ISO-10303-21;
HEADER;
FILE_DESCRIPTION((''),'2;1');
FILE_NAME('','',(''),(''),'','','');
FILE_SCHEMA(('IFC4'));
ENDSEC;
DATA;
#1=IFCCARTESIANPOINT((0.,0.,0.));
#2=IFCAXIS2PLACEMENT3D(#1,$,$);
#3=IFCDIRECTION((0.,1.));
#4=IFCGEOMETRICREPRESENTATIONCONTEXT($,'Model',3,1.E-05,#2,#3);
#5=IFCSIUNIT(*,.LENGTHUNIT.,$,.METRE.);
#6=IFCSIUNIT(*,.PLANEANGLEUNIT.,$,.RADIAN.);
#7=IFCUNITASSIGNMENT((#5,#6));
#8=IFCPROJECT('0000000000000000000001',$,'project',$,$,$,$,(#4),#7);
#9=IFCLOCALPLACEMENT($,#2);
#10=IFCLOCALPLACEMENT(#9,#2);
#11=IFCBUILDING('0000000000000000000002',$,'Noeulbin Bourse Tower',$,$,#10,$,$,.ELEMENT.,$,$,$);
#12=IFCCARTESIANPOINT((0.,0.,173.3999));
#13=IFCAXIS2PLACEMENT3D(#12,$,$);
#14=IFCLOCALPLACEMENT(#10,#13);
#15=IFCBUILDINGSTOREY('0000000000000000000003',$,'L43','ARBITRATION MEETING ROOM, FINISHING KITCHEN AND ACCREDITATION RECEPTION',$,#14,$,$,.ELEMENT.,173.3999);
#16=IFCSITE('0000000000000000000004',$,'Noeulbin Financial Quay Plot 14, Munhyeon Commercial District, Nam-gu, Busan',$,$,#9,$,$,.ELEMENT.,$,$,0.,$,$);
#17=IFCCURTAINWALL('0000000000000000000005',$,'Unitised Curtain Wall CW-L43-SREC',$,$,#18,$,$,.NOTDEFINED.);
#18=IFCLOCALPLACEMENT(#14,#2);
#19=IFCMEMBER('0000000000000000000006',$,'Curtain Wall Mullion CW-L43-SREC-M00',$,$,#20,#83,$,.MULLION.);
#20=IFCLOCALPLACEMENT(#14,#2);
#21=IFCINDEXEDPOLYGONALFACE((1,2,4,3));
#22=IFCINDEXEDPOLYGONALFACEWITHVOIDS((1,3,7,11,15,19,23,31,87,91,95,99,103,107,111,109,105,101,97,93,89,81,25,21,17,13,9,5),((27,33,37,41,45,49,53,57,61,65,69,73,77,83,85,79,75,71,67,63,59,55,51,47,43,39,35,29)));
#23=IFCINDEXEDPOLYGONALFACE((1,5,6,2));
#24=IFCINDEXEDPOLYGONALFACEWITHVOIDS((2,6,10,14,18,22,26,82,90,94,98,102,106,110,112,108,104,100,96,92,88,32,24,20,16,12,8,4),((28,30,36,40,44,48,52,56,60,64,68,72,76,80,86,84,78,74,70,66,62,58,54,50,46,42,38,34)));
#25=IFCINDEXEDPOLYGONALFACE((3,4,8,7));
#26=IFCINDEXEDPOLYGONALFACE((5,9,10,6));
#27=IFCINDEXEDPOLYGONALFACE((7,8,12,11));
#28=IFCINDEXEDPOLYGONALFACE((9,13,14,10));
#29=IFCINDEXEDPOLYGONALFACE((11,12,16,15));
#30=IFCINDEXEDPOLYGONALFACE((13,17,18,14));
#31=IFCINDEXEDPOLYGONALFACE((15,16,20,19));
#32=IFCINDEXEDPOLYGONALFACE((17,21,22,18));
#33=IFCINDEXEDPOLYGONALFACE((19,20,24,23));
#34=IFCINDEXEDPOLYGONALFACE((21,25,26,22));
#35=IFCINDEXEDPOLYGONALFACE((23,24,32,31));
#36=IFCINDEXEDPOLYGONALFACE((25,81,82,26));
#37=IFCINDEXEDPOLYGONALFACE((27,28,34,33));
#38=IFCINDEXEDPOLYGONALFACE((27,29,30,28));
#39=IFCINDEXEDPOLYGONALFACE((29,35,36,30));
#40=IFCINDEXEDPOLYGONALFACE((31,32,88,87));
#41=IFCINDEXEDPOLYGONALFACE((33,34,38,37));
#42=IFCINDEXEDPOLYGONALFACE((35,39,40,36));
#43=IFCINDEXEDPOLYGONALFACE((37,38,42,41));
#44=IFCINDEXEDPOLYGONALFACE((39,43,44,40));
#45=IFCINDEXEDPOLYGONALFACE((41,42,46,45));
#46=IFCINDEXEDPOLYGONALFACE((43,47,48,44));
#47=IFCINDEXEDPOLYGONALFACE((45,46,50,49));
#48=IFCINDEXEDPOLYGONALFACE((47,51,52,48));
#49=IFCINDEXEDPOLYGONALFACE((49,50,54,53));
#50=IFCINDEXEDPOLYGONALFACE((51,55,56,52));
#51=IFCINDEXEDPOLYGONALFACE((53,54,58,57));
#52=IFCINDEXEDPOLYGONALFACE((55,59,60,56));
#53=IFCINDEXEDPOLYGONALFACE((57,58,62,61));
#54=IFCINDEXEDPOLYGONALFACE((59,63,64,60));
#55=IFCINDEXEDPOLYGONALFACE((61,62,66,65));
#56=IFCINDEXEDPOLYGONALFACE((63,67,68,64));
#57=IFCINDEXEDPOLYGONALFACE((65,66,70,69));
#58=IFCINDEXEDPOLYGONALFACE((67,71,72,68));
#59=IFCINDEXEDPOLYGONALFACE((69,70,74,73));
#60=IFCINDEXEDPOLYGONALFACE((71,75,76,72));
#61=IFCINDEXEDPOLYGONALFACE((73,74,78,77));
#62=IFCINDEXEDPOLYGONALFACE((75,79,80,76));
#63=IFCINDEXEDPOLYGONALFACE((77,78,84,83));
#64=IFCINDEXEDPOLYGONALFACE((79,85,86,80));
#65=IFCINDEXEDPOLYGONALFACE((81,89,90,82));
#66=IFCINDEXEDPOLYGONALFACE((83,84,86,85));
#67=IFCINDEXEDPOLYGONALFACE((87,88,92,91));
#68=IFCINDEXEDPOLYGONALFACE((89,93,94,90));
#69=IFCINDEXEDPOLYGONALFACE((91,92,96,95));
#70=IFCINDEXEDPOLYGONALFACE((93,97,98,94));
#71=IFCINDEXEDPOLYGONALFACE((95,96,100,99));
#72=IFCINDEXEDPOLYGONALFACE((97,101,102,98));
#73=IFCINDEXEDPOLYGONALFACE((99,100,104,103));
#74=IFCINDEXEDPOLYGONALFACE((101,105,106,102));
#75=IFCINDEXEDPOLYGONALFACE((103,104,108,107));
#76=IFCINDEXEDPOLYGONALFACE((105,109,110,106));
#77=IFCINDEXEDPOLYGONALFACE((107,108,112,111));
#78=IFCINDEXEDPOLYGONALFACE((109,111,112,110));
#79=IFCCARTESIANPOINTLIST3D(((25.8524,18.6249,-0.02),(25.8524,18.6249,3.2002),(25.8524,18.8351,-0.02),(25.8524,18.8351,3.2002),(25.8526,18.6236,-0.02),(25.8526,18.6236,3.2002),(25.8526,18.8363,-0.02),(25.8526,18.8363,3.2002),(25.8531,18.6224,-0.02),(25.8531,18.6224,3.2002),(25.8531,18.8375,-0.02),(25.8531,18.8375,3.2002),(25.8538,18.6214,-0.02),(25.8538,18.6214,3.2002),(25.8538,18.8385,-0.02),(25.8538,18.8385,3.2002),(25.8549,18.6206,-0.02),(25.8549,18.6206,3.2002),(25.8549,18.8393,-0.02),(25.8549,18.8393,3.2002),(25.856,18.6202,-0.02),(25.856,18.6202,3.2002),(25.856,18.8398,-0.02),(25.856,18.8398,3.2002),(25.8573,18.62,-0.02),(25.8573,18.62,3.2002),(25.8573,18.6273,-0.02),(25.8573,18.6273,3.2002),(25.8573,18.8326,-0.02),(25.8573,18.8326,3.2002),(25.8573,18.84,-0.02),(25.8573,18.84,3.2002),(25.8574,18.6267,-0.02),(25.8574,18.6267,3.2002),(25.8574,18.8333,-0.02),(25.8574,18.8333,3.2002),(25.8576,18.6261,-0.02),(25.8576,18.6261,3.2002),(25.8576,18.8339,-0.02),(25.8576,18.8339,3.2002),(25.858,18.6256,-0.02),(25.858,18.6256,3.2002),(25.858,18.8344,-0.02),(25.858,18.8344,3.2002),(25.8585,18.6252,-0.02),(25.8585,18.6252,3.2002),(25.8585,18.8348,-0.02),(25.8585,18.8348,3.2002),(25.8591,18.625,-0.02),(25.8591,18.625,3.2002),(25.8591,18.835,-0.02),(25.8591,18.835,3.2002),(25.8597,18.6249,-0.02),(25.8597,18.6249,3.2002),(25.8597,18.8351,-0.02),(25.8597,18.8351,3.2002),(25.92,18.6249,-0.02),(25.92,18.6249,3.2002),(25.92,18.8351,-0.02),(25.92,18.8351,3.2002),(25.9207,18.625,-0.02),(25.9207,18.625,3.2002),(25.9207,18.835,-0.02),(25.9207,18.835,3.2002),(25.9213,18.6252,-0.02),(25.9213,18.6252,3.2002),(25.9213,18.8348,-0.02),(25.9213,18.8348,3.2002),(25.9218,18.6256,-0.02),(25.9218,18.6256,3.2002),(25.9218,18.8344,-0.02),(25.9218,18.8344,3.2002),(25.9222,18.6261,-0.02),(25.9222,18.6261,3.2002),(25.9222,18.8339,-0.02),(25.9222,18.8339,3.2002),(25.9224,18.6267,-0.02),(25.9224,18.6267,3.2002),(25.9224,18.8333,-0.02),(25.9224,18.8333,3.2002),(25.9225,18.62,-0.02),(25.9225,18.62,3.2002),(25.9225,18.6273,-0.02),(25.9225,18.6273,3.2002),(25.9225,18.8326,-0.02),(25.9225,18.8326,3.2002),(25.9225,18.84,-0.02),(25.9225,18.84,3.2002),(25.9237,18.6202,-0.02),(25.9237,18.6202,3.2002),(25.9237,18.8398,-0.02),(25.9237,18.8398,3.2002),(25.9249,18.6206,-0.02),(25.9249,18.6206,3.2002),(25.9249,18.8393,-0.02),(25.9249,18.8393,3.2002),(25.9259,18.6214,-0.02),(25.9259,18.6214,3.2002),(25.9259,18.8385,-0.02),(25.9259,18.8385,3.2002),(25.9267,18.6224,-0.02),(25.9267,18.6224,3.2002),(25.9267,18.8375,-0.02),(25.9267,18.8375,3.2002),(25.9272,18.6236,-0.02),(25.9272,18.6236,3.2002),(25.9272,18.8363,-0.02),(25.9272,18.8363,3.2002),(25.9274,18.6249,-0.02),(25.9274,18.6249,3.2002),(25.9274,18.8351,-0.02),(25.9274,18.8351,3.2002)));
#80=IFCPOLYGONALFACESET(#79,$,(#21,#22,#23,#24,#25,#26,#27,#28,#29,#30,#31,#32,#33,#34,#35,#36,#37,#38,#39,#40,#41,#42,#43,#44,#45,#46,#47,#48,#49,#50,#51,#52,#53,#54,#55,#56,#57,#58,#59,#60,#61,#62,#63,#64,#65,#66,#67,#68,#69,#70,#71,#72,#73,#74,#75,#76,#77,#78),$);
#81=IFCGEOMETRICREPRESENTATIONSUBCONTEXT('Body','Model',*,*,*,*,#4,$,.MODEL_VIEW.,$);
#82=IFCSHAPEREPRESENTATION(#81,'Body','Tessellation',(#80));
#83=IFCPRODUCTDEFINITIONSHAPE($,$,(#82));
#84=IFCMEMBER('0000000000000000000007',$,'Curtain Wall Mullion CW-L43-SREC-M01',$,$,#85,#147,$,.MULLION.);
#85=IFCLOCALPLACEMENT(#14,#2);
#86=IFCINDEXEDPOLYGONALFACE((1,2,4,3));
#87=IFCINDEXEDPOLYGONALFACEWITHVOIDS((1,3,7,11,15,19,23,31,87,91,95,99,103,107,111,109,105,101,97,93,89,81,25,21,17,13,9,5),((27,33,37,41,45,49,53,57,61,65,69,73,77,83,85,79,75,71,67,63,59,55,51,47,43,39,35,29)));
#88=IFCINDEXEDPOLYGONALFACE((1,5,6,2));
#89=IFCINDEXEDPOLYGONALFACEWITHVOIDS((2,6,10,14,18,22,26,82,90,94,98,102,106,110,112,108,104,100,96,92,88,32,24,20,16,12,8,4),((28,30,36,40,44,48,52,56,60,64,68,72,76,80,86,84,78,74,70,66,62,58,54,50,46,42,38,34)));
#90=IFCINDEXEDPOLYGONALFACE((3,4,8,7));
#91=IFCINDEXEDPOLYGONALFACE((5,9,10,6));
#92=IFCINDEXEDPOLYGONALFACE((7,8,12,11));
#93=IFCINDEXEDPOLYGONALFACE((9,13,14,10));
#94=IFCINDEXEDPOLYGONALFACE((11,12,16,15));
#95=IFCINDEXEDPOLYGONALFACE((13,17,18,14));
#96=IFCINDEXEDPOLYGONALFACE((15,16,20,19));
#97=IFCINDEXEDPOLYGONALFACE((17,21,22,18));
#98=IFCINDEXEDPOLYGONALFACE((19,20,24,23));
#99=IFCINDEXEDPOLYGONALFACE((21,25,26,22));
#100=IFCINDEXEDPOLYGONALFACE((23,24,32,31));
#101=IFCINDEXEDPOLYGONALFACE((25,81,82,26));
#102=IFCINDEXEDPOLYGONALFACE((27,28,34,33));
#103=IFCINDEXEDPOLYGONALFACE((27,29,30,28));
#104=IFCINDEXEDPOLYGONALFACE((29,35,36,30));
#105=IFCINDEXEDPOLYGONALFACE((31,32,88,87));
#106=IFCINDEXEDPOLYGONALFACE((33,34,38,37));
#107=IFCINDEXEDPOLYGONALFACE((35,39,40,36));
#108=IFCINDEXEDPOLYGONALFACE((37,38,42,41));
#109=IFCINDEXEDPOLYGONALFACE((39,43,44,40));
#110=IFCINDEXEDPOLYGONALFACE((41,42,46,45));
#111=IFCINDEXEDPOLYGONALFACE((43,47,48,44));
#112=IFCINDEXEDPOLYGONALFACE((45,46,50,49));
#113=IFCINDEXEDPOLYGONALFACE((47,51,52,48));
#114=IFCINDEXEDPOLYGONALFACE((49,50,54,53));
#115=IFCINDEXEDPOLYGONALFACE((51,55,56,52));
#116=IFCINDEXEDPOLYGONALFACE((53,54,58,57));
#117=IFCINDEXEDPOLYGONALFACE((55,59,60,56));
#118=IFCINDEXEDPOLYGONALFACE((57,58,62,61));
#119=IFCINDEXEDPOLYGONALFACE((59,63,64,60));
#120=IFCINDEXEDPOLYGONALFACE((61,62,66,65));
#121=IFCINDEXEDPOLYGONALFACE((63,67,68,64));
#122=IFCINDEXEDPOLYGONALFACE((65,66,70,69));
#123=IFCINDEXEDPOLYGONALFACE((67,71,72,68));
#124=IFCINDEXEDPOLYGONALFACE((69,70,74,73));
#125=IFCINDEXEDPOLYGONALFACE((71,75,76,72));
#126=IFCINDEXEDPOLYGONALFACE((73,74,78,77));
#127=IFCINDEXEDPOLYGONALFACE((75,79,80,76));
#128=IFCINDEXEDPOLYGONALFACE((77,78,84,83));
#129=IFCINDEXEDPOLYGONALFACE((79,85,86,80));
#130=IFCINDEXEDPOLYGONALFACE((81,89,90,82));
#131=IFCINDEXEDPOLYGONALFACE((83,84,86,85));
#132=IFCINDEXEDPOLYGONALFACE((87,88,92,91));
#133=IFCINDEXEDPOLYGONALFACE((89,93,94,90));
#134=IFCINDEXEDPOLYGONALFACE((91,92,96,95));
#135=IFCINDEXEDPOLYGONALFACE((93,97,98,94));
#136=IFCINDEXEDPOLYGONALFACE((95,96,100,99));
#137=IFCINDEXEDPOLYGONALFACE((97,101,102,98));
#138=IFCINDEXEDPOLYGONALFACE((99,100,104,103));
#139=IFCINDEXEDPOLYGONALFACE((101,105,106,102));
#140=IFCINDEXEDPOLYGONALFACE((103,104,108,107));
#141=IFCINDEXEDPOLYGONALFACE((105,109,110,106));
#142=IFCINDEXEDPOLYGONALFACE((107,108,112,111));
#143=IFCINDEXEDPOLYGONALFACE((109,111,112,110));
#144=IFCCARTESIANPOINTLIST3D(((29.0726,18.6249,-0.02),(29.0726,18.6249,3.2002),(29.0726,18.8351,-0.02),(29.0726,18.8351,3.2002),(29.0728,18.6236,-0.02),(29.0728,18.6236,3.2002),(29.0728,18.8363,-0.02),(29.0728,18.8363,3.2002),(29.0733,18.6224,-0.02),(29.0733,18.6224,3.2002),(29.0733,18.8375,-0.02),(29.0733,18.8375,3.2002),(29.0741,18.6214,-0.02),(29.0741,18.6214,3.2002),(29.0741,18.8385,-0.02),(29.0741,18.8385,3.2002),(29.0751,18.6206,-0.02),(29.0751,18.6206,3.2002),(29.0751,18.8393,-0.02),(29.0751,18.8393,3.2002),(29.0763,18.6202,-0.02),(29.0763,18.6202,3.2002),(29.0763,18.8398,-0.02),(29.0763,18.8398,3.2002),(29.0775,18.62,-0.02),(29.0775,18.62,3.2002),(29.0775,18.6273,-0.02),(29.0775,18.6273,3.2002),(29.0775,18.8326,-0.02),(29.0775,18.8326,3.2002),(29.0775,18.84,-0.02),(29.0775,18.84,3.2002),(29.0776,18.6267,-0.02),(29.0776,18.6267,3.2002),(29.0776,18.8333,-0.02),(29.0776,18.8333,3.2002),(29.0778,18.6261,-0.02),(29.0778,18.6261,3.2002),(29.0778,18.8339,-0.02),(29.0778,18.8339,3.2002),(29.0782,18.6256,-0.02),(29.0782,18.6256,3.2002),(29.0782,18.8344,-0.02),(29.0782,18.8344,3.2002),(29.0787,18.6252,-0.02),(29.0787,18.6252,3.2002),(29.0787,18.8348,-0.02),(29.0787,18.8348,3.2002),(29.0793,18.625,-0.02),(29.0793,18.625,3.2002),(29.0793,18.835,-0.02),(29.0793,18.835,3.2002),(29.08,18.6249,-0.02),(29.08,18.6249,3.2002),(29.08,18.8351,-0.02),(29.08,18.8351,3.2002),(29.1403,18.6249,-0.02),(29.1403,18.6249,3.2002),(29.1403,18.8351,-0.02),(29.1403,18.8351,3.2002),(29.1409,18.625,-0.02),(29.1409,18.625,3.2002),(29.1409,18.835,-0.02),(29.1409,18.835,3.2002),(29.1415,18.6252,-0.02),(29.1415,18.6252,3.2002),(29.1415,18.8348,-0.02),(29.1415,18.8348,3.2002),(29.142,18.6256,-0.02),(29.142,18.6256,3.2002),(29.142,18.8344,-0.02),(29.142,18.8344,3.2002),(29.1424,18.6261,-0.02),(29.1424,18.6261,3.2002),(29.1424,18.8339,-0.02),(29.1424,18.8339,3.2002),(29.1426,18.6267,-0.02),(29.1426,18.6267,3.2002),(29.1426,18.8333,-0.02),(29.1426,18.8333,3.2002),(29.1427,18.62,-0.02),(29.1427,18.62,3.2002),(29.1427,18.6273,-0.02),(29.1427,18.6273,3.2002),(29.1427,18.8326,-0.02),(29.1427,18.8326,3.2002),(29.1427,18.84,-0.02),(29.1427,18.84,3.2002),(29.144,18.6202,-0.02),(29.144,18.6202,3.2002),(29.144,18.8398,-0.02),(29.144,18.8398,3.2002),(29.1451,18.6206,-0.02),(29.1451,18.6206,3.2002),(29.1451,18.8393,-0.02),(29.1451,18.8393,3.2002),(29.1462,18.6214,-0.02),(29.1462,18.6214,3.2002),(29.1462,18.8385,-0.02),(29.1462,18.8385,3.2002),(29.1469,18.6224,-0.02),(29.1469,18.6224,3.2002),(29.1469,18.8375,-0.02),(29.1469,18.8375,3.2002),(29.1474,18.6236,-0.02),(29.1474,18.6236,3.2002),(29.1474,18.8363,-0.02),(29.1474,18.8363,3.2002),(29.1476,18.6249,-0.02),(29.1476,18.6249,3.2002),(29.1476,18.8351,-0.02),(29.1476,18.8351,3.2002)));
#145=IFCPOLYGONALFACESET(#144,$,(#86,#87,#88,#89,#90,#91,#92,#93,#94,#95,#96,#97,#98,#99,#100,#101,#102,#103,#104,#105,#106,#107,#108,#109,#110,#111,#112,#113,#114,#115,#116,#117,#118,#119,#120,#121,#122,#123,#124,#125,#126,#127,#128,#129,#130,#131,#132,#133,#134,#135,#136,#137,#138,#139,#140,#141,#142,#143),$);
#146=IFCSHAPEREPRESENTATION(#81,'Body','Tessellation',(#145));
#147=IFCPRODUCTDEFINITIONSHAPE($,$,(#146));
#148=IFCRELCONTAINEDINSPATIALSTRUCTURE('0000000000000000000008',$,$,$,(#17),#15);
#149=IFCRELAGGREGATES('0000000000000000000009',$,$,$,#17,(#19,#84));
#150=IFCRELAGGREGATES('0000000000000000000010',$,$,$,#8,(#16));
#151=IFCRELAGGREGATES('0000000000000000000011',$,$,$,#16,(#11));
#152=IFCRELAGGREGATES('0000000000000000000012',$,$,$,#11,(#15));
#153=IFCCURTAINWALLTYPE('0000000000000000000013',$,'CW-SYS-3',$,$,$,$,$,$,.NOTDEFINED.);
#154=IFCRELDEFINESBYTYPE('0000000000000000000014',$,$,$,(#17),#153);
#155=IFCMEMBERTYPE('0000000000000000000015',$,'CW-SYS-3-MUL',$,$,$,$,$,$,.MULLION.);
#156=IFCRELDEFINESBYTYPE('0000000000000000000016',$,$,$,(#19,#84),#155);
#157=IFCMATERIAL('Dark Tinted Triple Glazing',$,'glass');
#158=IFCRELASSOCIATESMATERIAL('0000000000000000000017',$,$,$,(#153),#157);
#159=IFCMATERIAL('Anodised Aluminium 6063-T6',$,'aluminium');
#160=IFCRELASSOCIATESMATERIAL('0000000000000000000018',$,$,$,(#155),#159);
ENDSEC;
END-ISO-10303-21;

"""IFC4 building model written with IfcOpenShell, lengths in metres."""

from ifc_helpers import new_model, si_unit, direction, frame, origin, origin_2d, place, context, subcontext, project, spatial, hollow_rectangle, extrude, material, material_profile, profile_set, type_object, element, aggregate, save


model = new_model("IFC4")

# Units and contexts
model_context = context("Model", 3, precision=1e-05, world=origin(), true_north=direction((0.0, 1.0)))
body_context = subcontext(model_context, "Body", "Model", "MODEL_VIEW")
ifc_project = project(units=[si_unit("LENGTHUNIT", "METRE"), si_unit("PLANEANGLEUNIT", "RADIAN")], contexts=[model_context])

# Site, building, storey
site_placement = place(None, origin())
site = spatial("IfcSite", under=ifc_project, at=site_placement, Name="Noeulbin Financial Quay Plot 14, Munhyeon Commercial District, Nam-gu, Busan", CompositionType="ELEMENT", RefElevation=0.0)
building_placement = place(site_placement, origin())
building = spatial("IfcBuilding", under=site, at=building_placement, Name="Noeulbin Bourse Tower", CompositionType="ELEMENT")
storey_placement = place(building_placement, frame((0.0, 0.0, 173.3999)))
storey = spatial("IfcBuildingStorey", under=building, at=storey_placement, Name="L43", Description="ARBITRATION MEETING ROOM, FINISHING KITCHEN AND ACCREDITATION RECEPTION", CompositionType="ELEMENT", Elevation=173.3999)

# Curtain wall, members
ifc_material_1 = material(Name="Dark Tinted Triple Glazing", Category="glass")
curtain_wall_type = type_object("IfcCurtainWallType", Name="CW-SYS-3", PredefinedType="NOTDEFINED", material=ifc_material_1)
curtain_wall_1_placement = place(storey_placement, origin())
curtain_wall_1 = element("IfcCurtainWall", 1, at=curtain_wall_1_placement, inside=storey, type_object=curtain_wall_type, Name="Unitised Curtain Wall CW-L43-SREC", PredefinedType="NOTDEFINED")
ifc_material_2 = material(Name="Anodised Aluminium 6063-T6", Category="aluminium")
ifc_material_profile_1 = material_profile(ifc_material_2, hollow_rectangle(XDim=0.075, YDim=0.22, WallThickness=0.0049, InnerFilletRadius=0.0024, OuterFilletRadius=0.0049, at=origin_2d()), Name="ALU-MULL-75x220x5", Category="LoadBearing")
ifc_profile_set_1 = profile_set([ifc_material_profile_1], Name="Anodised Aluminium 6063-T6")
member_type_1 = type_object("IfcMemberType", Name="CW-SYS-3-MUL", PredefinedType="MULLION", material=ifc_profile_set_1)
member_1_placement = place(storey_placement, frame((25.8899, 18.73, -0.02), z_axis=(0.0, 0.0, 1.0), x_axis=(1.0, 0.0, 0.0)))
member_1 = element("IfcMember", 2, at=member_1_placement, type_object=member_type_1, Name="Curtain Wall Mullion CW-L43-SREC-M00", PredefinedType="MULLION", context=body_context, shape_type="SweptSolid", body=[
    extrude(hollow_rectangle(XDim=0.075, YDim=0.22, WallThickness=0.0049, InnerFilletRadius=0.0024, OuterFilletRadius=0.0049, at=origin_2d()), origin(), (0.0, 0.0, 1.0), 3.2202),
])
member_2_placement = place(storey_placement, frame((29.1101, 18.73, -0.02), z_axis=(0.0, 0.0, 1.0), x_axis=(1.0, 0.0, 0.0)))
member_2 = element("IfcMember", 3, at=member_2_placement, type_object=member_type_1, Name="Curtain Wall Mullion CW-L43-SREC-M01", PredefinedType="MULLION", context=body_context, shape_type="SweptSolid", body=[
    extrude(hollow_rectangle(XDim=0.075, YDim=0.22, WallThickness=0.0049, InnerFilletRadius=0.0024, OuterFilletRadius=0.0049, at=origin_2d()), origin(), (0.0, 0.0, 1.0), 3.2202),
])

aggregate(curtain_wall_1, [member_1, member_2])

save(model, "model.ifc")
